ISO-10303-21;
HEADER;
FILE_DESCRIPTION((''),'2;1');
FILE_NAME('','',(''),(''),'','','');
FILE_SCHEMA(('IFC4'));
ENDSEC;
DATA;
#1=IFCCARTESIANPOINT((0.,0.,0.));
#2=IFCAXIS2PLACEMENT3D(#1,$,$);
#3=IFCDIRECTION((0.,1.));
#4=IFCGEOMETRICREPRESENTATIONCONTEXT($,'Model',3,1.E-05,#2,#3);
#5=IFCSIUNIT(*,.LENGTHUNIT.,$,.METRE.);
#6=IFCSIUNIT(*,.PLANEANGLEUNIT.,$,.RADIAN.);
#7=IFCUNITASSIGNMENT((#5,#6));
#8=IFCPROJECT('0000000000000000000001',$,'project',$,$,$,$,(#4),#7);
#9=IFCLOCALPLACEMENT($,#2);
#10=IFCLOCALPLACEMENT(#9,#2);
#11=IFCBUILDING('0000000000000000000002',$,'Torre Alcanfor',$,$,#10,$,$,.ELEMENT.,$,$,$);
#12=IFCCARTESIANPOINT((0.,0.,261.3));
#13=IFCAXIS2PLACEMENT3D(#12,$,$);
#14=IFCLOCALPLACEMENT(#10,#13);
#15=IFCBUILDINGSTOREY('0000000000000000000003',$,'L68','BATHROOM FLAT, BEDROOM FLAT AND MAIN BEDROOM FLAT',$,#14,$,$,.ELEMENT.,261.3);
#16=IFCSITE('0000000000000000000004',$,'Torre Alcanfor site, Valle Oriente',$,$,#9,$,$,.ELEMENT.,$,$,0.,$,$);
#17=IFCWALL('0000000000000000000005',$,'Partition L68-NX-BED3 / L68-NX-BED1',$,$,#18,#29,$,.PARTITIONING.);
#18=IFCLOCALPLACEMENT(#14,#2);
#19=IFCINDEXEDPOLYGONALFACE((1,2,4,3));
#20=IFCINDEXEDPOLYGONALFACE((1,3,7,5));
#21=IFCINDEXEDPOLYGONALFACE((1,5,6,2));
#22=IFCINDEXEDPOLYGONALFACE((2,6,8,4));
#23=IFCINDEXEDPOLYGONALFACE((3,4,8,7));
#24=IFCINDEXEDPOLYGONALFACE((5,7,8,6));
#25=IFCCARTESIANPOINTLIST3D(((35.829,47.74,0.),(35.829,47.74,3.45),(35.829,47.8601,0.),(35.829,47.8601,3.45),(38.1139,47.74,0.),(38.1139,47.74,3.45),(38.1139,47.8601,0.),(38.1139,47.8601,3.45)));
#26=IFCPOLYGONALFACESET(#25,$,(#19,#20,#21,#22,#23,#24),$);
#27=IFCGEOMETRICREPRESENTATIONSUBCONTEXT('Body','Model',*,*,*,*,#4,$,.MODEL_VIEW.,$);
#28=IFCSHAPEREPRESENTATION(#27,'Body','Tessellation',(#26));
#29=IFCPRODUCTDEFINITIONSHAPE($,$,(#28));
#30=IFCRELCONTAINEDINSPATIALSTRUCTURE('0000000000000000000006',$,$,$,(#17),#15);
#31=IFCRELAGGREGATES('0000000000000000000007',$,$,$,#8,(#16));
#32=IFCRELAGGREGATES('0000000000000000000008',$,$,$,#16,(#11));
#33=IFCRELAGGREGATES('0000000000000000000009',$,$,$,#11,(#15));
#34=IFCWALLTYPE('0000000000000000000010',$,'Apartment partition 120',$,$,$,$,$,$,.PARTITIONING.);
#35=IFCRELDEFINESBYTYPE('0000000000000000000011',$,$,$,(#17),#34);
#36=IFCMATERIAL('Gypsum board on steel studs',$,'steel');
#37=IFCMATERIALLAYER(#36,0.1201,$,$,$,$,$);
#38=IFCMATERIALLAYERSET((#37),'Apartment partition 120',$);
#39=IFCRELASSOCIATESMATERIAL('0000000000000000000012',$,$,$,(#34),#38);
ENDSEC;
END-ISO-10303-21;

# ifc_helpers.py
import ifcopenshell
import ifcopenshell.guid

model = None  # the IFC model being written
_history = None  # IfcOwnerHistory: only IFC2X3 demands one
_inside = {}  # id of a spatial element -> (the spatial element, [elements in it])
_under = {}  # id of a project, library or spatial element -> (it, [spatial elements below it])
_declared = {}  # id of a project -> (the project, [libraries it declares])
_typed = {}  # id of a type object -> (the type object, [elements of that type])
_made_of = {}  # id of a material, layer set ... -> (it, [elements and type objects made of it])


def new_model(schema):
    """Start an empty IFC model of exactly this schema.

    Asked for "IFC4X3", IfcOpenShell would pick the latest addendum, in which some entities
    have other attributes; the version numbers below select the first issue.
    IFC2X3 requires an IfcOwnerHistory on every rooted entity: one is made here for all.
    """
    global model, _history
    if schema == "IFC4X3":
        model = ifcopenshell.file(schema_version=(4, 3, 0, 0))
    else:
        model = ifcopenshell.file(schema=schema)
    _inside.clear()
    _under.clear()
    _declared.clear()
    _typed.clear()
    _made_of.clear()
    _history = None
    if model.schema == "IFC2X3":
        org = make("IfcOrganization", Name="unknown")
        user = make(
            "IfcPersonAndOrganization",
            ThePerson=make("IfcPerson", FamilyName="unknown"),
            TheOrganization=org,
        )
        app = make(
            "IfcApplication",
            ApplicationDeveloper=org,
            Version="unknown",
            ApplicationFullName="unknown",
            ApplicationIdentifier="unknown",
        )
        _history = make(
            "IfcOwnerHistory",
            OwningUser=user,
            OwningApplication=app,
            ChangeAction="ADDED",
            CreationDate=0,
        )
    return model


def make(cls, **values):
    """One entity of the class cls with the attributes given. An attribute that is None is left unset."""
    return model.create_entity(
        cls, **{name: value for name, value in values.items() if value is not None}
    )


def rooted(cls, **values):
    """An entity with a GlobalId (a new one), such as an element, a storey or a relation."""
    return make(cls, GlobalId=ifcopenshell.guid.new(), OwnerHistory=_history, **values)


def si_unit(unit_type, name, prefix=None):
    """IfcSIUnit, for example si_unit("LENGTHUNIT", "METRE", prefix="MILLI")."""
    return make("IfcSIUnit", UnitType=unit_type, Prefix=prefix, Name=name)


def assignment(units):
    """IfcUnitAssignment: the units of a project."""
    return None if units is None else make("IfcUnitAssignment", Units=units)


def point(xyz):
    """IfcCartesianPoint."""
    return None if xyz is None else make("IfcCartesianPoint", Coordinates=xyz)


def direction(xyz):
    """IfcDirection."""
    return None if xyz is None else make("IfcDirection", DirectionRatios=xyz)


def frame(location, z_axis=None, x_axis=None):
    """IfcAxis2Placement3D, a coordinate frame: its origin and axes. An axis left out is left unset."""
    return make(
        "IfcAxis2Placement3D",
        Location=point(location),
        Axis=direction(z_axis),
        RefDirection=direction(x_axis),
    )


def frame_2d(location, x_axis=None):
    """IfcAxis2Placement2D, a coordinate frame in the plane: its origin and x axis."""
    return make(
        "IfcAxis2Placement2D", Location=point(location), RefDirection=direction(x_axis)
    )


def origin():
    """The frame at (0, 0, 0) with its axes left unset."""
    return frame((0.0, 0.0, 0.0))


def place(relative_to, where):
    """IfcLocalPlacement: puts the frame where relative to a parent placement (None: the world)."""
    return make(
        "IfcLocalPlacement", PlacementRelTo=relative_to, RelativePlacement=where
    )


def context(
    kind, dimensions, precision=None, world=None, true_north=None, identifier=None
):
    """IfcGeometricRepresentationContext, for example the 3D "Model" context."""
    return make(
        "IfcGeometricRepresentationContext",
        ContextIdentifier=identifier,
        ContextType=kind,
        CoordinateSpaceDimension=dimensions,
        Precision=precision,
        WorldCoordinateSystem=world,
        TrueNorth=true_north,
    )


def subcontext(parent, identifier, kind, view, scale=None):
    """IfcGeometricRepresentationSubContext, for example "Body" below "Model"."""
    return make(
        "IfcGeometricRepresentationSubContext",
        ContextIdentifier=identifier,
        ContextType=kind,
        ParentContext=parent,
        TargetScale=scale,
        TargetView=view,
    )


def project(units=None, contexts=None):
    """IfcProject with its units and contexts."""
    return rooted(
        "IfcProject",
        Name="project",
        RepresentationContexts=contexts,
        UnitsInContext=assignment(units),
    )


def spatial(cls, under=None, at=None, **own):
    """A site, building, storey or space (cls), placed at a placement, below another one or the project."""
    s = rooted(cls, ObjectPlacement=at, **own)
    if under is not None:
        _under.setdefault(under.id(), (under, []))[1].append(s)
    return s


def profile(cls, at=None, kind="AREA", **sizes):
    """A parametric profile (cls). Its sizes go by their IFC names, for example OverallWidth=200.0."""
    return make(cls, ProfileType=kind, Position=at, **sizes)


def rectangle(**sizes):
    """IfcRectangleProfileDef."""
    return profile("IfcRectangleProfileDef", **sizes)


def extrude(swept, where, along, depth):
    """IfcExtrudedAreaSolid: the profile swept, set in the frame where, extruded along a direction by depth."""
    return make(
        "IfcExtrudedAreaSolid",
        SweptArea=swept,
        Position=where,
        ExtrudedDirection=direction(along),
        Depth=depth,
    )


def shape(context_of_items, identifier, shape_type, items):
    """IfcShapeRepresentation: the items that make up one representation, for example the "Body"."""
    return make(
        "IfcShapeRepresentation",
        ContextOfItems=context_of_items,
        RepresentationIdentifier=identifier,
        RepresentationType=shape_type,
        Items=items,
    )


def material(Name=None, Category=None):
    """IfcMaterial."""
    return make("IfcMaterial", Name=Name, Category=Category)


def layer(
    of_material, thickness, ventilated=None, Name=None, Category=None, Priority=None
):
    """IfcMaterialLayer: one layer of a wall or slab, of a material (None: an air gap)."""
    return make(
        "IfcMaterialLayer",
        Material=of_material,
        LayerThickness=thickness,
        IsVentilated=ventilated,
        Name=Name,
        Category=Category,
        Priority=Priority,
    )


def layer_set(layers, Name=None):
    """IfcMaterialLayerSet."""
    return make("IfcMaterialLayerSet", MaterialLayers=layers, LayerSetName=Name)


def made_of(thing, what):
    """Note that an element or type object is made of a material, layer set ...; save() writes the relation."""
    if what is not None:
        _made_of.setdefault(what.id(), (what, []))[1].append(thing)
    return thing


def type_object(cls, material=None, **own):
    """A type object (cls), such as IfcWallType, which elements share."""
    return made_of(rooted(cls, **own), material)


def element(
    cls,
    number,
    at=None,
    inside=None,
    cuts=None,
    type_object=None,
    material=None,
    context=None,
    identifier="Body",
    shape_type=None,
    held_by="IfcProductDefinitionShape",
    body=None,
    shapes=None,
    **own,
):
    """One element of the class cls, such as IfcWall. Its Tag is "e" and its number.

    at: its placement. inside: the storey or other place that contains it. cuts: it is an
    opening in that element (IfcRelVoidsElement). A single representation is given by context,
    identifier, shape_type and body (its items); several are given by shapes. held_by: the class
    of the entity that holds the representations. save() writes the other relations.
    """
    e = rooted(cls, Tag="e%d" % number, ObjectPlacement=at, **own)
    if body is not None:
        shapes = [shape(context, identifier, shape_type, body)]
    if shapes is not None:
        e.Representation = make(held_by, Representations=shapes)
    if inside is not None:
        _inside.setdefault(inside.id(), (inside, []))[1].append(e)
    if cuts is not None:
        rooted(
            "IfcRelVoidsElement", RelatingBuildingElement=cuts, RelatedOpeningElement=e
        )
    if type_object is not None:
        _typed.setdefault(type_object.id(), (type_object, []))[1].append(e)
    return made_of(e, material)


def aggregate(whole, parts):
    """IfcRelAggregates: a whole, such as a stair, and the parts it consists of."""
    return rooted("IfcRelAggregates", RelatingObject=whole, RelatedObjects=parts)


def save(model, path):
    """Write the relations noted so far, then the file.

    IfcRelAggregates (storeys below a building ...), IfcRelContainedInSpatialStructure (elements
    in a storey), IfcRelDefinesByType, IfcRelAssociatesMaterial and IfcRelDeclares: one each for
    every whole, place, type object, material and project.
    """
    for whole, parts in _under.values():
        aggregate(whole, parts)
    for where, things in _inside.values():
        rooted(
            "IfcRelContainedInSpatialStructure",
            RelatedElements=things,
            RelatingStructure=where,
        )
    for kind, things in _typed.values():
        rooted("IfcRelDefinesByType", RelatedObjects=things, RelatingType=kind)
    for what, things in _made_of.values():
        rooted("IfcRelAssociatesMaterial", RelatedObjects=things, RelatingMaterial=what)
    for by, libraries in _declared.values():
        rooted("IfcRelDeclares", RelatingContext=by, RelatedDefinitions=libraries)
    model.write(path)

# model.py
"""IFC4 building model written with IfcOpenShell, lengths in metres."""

from ifc_helpers import new_model, si_unit, direction, frame, frame_2d, origin, place, context, subcontext, project, spatial, rectangle, extrude, material, layer, layer_set, type_object, element, save


model = new_model("IFC4")

# Units and contexts
model_context = context("Model", 3, precision=1e-05, world=origin(), true_north=direction((0.0, 1.0)))
body_context = subcontext(model_context, "Body", "Model", "MODEL_VIEW")
ifc_project = project(units=[si_unit("LENGTHUNIT", "METRE"), si_unit("PLANEANGLEUNIT", "RADIAN")], contexts=[model_context])

# Site, building, storey
site_placement = place(None, origin())
site = spatial("IfcSite", under=ifc_project, at=site_placement, Name="Torre Alcanfor site, Valle Oriente", CompositionType="ELEMENT", RefElevation=0.0)
building_placement = place(site_placement, origin())
building = spatial("IfcBuilding", under=site, at=building_placement, Name="Torre Alcanfor", CompositionType="ELEMENT")
storey_placement = place(building_placement, frame((0.0, 0.0, 261.3)))
storey = spatial("IfcBuildingStorey", under=building, at=storey_placement, Name="L68", Description="BATHROOM FLAT, BEDROOM FLAT AND MAIN BEDROOM FLAT", CompositionType="ELEMENT", Elevation=261.3)

# Shared definitions
ifc_material_1 = material(Name="Gypsum board on steel studs", Category="steel")
ifc_layer_1 = layer(ifc_material_1, 0.1201)
ifc_layer_set_1 = layer_set([ifc_layer_1], Name="Apartment partition 120")
wall_type_1 = type_object("IfcWallType", Name="Apartment partition 120", PredefinedType="PARTITIONING", material=ifc_layer_set_1)

# Wall
wall_1_placement = place(storey_placement, frame((38.114, 47.8, 0.0), z_axis=(0.0, 0.0, 1.0), x_axis=(-1.0, 0.0, 0.0)))
element("IfcWall", 1, at=wall_1_placement, inside=storey, type_object=wall_type_1, Name="Partition L68-NX-BED3 / L68-NX-BED1", PredefinedType="PARTITIONING", context=body_context, shape_type="SweptSolid", body=[
    extrude(rectangle(XDim=2.2849, YDim=0.1201, at=frame_2d((1.1426, 0.0))), origin(), (0.0, 0.0, 1.0), 3.45),
])

save(model, "model.ifc")
